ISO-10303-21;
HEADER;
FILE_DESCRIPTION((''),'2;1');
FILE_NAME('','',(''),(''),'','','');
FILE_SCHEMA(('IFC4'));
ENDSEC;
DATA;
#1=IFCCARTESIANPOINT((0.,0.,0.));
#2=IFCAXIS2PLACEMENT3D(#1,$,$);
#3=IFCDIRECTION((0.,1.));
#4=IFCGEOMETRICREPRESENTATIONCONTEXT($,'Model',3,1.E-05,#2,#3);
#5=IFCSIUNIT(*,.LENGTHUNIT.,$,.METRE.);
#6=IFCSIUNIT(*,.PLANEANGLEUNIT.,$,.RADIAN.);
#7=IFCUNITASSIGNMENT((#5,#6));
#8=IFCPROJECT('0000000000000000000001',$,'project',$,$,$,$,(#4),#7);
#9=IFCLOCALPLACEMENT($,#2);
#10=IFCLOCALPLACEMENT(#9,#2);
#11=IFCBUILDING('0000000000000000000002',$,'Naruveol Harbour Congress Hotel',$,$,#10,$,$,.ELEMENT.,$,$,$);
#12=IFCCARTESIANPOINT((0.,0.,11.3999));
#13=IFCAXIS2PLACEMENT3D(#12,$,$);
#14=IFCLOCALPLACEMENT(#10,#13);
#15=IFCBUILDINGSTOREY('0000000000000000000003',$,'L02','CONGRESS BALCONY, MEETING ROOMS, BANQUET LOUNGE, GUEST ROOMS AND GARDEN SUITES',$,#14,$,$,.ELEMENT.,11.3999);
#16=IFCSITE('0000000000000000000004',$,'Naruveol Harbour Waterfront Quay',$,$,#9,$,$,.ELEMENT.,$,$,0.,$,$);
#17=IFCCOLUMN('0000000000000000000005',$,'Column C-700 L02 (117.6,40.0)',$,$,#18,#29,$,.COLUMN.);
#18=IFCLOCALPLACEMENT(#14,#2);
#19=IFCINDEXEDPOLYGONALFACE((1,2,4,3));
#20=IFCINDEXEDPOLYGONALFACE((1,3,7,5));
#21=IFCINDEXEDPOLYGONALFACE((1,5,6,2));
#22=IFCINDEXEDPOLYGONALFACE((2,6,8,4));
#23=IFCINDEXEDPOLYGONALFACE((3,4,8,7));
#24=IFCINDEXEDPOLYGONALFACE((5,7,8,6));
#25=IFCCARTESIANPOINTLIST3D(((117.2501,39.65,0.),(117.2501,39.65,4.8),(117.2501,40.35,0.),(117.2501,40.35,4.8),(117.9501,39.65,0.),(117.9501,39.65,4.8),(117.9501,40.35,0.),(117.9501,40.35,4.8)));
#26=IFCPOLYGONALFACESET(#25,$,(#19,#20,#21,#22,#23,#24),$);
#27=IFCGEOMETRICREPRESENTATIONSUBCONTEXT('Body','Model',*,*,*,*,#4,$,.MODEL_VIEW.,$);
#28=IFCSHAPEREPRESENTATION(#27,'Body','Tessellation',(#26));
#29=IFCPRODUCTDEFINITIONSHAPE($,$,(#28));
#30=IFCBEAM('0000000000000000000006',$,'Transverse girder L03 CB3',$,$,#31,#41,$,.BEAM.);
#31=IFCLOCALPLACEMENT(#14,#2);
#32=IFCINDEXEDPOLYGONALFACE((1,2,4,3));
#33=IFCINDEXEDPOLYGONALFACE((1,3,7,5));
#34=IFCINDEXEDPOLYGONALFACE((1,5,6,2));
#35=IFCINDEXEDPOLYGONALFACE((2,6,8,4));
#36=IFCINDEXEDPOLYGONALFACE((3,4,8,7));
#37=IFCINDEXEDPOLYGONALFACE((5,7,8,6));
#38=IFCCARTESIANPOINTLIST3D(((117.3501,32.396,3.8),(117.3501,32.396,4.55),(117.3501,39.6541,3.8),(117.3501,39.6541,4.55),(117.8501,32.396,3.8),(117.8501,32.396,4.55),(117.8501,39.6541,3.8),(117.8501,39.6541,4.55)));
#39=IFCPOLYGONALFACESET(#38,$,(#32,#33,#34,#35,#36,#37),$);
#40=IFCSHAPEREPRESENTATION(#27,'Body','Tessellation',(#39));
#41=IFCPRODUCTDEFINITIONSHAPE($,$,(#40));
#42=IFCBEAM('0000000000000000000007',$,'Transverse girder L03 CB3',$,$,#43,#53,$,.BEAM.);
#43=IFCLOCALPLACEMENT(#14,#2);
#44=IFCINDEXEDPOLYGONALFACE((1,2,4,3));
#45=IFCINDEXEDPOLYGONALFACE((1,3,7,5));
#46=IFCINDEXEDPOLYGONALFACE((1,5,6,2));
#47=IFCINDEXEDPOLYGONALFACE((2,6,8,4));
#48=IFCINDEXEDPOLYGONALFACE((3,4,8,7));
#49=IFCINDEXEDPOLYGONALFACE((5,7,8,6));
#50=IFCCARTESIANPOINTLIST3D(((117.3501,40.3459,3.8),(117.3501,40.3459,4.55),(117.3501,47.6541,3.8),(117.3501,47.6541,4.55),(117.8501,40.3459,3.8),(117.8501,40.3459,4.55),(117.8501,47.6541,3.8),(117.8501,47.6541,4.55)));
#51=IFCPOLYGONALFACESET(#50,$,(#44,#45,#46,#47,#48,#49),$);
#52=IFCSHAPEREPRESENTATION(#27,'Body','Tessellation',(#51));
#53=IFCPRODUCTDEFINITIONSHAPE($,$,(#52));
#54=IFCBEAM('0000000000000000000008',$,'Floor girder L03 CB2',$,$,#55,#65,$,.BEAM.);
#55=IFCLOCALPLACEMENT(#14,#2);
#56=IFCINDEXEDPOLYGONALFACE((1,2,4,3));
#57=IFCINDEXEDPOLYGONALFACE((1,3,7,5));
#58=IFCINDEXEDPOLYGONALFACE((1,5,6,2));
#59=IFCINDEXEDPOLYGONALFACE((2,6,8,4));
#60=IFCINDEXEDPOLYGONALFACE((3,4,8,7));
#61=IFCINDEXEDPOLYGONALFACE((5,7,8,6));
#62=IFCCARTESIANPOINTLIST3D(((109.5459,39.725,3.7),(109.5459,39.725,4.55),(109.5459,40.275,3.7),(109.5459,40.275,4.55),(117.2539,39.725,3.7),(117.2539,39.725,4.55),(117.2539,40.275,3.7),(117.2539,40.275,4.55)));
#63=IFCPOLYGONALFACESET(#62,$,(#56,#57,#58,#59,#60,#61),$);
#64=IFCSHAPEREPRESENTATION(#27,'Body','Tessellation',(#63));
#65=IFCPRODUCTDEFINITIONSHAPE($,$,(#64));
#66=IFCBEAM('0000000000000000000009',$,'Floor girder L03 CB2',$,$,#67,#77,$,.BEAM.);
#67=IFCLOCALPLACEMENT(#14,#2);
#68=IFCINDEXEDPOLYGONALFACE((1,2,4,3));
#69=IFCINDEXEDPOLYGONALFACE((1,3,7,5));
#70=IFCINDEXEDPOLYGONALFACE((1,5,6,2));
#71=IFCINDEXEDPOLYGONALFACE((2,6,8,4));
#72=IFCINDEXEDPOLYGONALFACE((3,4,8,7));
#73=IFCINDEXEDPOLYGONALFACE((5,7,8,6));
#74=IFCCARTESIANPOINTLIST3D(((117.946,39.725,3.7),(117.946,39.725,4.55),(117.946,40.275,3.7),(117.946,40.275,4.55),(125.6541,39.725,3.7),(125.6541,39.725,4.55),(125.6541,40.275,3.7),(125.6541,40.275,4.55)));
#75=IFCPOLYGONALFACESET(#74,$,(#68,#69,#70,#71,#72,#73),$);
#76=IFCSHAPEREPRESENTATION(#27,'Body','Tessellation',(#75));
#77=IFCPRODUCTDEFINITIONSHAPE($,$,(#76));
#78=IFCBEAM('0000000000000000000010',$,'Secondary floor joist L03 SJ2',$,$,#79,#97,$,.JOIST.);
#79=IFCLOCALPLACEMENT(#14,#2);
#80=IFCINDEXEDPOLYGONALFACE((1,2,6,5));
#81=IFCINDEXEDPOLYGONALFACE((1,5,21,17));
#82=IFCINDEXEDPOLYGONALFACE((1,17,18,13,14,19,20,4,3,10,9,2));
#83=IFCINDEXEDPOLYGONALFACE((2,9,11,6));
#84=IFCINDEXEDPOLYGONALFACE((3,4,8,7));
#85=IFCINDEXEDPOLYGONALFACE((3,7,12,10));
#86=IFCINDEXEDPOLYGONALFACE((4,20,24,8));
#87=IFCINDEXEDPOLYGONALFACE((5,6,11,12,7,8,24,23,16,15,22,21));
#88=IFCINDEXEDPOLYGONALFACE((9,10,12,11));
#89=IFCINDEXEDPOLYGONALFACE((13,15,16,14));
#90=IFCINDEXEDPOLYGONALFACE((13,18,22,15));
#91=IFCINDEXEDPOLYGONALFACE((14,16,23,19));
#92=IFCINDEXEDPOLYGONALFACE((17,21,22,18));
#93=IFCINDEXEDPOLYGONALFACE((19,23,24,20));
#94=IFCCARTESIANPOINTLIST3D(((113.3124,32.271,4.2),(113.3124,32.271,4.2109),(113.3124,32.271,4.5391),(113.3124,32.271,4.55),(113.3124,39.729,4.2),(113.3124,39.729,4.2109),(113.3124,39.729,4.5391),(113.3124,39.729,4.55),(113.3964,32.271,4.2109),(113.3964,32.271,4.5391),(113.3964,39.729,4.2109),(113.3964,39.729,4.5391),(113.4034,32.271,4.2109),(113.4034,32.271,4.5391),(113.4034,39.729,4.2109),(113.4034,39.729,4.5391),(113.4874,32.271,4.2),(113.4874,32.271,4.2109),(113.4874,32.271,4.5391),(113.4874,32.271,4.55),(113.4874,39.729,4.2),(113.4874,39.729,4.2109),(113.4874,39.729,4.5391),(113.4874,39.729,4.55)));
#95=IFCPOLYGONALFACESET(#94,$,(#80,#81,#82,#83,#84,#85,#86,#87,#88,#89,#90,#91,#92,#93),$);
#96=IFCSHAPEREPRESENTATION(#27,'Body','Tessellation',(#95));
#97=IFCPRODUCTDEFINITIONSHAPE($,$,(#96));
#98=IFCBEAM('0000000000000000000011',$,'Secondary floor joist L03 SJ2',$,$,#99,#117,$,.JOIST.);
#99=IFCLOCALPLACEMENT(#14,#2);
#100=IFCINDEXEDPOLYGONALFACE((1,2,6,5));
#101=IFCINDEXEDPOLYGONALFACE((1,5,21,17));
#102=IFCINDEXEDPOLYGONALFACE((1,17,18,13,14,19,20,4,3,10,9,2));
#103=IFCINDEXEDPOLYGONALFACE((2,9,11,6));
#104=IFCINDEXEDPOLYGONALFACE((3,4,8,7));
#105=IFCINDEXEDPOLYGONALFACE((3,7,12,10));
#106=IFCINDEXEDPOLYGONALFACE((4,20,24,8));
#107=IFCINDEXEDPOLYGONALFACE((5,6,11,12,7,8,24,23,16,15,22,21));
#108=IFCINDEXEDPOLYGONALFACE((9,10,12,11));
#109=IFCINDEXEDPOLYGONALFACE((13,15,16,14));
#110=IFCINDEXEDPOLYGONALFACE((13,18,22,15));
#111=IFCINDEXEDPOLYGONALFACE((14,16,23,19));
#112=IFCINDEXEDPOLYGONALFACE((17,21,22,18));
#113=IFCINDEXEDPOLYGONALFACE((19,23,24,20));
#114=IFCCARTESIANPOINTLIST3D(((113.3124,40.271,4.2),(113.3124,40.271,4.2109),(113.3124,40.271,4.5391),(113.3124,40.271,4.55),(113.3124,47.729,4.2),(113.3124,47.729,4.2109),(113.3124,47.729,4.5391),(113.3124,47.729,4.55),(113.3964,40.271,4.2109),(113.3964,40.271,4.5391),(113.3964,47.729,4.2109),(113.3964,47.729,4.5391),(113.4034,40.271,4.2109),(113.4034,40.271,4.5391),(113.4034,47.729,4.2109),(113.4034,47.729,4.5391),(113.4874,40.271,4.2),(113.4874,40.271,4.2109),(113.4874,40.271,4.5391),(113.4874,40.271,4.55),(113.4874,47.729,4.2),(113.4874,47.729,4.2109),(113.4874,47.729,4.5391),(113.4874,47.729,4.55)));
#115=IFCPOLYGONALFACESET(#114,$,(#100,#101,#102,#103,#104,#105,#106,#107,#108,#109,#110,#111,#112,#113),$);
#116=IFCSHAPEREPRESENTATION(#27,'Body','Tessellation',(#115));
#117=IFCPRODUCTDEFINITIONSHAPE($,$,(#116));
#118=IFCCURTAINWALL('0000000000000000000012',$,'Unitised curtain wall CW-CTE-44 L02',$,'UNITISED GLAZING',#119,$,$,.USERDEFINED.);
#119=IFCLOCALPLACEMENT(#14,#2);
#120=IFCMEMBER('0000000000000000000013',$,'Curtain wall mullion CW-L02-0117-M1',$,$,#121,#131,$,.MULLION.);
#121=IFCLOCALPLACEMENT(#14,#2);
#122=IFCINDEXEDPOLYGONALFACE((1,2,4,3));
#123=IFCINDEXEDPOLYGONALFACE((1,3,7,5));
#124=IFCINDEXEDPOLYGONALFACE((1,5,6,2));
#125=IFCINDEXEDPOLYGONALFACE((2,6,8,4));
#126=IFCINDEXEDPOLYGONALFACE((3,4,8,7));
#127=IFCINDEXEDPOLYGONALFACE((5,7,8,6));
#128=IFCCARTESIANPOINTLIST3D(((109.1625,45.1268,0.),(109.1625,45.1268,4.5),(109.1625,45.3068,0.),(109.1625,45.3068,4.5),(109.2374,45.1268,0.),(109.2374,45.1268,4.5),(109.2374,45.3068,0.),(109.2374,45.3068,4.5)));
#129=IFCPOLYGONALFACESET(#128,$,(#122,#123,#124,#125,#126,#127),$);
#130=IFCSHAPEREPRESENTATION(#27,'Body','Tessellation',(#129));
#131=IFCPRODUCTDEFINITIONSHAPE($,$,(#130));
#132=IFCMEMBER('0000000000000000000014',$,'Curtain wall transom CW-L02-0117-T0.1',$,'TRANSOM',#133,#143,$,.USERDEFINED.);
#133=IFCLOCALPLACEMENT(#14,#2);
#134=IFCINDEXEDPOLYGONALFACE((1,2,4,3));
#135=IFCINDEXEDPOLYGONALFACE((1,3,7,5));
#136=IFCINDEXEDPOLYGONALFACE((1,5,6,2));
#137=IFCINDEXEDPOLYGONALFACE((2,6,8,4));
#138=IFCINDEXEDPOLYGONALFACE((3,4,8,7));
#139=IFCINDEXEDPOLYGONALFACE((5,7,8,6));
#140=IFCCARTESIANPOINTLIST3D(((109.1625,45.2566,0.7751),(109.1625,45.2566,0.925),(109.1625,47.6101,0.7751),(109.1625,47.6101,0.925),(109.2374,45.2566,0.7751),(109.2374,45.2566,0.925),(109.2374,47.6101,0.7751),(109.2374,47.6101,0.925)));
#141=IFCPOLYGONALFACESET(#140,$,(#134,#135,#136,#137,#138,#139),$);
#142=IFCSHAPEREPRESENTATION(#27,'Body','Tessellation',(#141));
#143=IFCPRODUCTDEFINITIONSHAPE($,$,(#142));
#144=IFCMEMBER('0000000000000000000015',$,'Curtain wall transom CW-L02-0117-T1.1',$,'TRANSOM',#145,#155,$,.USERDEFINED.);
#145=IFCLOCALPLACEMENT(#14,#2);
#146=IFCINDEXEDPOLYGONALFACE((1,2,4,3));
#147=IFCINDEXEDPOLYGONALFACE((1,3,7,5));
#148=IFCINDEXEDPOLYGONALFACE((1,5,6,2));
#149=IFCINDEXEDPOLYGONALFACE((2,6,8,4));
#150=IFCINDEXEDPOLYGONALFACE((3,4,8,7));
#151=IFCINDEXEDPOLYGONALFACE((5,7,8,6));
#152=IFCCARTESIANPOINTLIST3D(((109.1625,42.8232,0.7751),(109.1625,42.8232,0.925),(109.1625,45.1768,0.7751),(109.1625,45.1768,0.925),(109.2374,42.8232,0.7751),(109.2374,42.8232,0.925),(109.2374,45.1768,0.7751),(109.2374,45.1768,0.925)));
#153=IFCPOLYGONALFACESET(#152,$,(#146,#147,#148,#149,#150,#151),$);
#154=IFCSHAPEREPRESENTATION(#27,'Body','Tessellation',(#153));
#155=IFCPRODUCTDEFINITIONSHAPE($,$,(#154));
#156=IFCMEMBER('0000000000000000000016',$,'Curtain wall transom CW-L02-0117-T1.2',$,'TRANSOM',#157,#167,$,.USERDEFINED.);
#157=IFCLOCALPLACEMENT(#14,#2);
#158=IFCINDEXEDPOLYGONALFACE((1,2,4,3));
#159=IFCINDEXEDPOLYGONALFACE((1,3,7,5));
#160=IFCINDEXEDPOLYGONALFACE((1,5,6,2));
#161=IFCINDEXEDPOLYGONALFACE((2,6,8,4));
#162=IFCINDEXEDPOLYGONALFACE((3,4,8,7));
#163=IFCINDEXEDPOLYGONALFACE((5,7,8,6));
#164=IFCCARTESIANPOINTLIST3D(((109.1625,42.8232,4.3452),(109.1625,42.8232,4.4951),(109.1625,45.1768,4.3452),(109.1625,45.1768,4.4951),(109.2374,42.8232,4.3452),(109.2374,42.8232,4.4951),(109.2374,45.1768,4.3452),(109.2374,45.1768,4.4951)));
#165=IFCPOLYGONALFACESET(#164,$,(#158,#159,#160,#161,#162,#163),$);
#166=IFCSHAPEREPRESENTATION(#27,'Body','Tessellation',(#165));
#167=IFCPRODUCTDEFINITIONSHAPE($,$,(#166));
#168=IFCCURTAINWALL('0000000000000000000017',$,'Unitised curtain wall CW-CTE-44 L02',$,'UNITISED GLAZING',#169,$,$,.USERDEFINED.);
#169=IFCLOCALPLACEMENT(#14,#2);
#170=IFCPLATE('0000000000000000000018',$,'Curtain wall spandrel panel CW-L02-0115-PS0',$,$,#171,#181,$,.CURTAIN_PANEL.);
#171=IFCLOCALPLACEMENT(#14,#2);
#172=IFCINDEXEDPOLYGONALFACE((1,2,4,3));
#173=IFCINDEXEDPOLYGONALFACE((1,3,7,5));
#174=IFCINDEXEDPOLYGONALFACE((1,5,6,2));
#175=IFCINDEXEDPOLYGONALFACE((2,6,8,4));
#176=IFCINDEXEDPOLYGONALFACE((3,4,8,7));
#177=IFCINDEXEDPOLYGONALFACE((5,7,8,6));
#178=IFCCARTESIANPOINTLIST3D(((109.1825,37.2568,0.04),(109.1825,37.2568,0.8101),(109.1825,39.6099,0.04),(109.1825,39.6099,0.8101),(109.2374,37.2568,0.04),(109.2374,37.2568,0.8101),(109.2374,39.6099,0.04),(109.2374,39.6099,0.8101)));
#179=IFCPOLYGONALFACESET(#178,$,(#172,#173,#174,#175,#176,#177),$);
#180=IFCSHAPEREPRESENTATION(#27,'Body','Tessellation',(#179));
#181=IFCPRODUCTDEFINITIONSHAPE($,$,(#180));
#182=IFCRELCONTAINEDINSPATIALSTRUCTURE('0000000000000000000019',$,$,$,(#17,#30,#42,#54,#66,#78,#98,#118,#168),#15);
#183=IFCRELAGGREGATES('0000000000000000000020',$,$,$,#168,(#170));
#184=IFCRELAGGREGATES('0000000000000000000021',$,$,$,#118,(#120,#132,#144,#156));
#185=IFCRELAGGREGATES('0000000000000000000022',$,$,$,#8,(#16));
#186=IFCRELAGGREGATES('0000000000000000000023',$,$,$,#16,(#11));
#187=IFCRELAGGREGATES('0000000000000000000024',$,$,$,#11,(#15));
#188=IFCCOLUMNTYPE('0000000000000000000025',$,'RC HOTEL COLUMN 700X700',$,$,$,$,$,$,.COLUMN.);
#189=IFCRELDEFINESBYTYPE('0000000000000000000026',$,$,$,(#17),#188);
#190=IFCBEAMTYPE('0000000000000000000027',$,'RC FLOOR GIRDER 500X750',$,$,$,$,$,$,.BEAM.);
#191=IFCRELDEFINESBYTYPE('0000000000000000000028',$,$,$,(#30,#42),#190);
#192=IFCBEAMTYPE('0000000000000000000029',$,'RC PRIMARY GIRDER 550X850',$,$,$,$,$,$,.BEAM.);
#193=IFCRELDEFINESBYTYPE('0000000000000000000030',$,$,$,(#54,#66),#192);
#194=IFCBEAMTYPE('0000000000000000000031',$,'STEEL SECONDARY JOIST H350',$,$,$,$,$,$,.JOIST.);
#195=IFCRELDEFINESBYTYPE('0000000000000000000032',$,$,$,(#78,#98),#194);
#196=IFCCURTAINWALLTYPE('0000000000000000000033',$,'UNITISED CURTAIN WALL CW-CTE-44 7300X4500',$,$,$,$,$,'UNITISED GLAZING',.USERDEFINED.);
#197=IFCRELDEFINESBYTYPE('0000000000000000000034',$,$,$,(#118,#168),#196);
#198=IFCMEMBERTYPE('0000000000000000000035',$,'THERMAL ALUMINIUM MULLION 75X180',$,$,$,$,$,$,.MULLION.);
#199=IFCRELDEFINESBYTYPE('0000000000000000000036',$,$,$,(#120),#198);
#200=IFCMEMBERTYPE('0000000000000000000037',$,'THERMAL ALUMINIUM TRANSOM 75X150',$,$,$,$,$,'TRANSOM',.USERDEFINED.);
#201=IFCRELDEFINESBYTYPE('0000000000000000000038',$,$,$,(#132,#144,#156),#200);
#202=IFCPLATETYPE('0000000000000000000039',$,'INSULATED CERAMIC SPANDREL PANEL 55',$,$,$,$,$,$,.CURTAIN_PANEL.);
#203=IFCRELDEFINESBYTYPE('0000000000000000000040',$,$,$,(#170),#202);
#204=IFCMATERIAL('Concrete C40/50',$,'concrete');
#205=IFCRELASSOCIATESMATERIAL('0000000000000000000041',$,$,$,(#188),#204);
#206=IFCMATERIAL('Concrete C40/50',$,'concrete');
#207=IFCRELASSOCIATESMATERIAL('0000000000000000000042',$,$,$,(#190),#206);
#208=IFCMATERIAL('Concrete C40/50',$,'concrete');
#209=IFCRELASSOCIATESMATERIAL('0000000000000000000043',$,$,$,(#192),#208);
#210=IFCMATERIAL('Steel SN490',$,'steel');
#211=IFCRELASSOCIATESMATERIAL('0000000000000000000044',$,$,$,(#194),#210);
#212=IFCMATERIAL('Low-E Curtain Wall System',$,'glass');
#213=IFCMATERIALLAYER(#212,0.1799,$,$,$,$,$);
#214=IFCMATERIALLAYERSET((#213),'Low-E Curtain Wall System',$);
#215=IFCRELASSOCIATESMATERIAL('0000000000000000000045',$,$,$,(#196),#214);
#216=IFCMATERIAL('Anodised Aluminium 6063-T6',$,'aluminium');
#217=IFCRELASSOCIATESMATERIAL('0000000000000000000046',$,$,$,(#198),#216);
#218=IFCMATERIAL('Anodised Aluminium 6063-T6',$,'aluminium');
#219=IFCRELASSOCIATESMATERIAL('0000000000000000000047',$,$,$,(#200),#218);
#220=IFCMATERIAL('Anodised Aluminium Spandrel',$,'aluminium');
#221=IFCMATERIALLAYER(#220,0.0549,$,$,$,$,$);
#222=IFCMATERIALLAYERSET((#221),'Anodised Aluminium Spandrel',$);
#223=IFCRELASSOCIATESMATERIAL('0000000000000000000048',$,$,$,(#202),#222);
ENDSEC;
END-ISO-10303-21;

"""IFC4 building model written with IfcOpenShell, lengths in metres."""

from ifc_helpers import new_model, si_unit, direction, frame, origin, origin_2d, place, context, subcontext, project, spatial, rectangle, i_section, extrude, material, layer, layer_set, material_profile, profile_set, type_object, element, aggregate, save


model = new_model("IFC4")

# Units and contexts
model_context = context("Model", 3, precision=1e-05, world=origin(), true_north=direction((0.0, 1.0)))
body_context = subcontext(model_context, "Body", "Model", "MODEL_VIEW")
ifc_project = project(units=[si_unit("LENGTHUNIT", "METRE"), si_unit("PLANEANGLEUNIT", "RADIAN")], contexts=[model_context])

# Site, building, storey
site_placement = place(None, origin())
site = spatial("IfcSite", under=ifc_project, at=site_placement, Name="Naruveol Harbour Waterfront Quay", CompositionType="ELEMENT", RefElevation=0.0)
building_placement = place(site_placement, origin())
building = spatial("IfcBuilding", under=site, at=building_placement, Name="Naruveol Harbour Congress Hotel", CompositionType="ELEMENT")
storey_placement = place(building_placement, frame((0.0, 0.0, 11.3999)))
storey = spatial("IfcBuildingStorey", under=building, at=storey_placement, Name="L02", Description="CONGRESS BALCONY, MEETING ROOMS, BANQUET LOUNGE, GUEST ROOMS AND GARDEN SUITES", CompositionType="ELEMENT", Elevation=11.3999)

# Column
ifc_material_1 = material(Name="Concrete C40/50", Category="concrete")
ifc_material_profile_1 = material_profile(ifc_material_1, rectangle(XDim=0.7, YDim=0.7, at=origin_2d()), Name="RC-700x700")
ifc_profile_set_1 = profile_set([ifc_material_profile_1], Name="Concrete C40/50")
column_type = type_object("IfcColumnType", Name="RC HOTEL COLUMN 700X700", PredefinedType="COLUMN", material=ifc_profile_set_1)
column_placement = place(storey_placement, frame((117.6001, 40.0, 0.0), z_axis=(0.0, 0.0, 1.0), x_axis=(1.0, 0.0, 0.0)))
element("IfcColumn", 1, at=column_placement, inside=storey, type_object=column_type, Name="Column C-700 L02 (117.6,40.0)", PredefinedType="COLUMN", context=body_context, shape_type="SweptSolid", body=[
    extrude(rectangle(XDim=0.7, YDim=0.7, at=origin_2d()), origin(), (0.0, 0.0, 1.0), 4.8),
])

# Beams
ifc_material_2 = material(Name="Concrete C40/50", Category="concrete")
ifc_material_profile_2 = material_profile(ifc_material_2, rectangle(XDim=0.5, YDim=0.75, at=origin_2d()), Name="RCB-500x750")
ifc_profile_set_2 = profile_set([ifc_material_profile_2], Name="Concrete C40/50")
beam_type_1 = type_object("IfcBeamType", Name="RC FLOOR GIRDER 500X750", PredefinedType="BEAM", material=ifc_profile_set_2)
beam_1_placement = place(storey_placement, frame((117.6001, 32.396, 4.175), z_axis=(0.0, 1.0, 0.0), x_axis=(-1.0, 0.0, 0.0)))
element("IfcBeam", 2, at=beam_1_placement, inside=storey, type_object=beam_type_1, Name="Transverse girder L03 CB3", PredefinedType="BEAM", context=body_context, shape_type="SweptSolid", body=[
    extrude(rectangle(XDim=0.5, YDim=0.75, at=origin_2d()), origin(), (0.0, 0.0, 1.0), 7.2581),
])
beam_2_placement = place(storey_placement, frame((117.6001, 40.3459, 4.175), z_axis=(0.0, 1.0, 0.0), x_axis=(-1.0, 0.0, 0.0)))
element("IfcBeam", 3, at=beam_2_placement, inside=storey, type_object=beam_type_1, Name="Transverse girder L03 CB3", PredefinedType="BEAM", context=body_context, shape_type="SweptSolid", body=[
    extrude(rectangle(XDim=0.5, YDim=0.75, at=origin_2d()), origin(), (0.0, 0.0, 1.0), 7.3081),
])
ifc_material_3 = material(Name="Concrete C40/50", Category="concrete")
ifc_material_profile_3 = material_profile(ifc_material_3, rectangle(XDim=0.55, YDim=0.8501, at=origin_2d()), Name="RCB-550x850")
ifc_profile_set_3 = profile_set([ifc_material_profile_3], Name="Concrete C40/50")
beam_type_2 = type_object("IfcBeamType", Name="RC PRIMARY GIRDER 550X850", PredefinedType="BEAM", material=ifc_profile_set_3)
for number, where, z_axis, x_axis, name in (
    (4, (109.5459, 40.0, 4.125), (1.0, 0.0, 0.0), (0.0, 1.0, 0.0), "Floor girder L03 CB2"),
    (5, (117.946, 40.0, 4.125), (1.0, 0.0, 0.0), (0.0, 1.0, 0.0), "Floor girder L03 CB2"),
):
    element("IfcBeam", number, at=place(storey_placement, frame(where, z_axis=z_axis, x_axis=x_axis)), inside=storey, type_object=beam_type_2, Name=name, PredefinedType="BEAM", context=body_context, shape_type="SweptSolid", body=[
        extrude(rectangle(XDim=0.55, YDim=0.8501, at=origin_2d()), origin(), (0.0, 0.0, 1.0), 7.708),
    ])
ifc_material_4 = material(Name="Steel SN490", Category="steel")
ifc_material_profile_4 = material_profile(ifc_material_4, i_section(OverallWidth=0.175, OverallDepth=0.3501, WebThickness=0.0071, FlangeThickness=0.011, at=origin_2d()), Name="H-350x175x7x11")
ifc_profile_set_4 = profile_set([ifc_material_profile_4], Name="Steel SN490")
beam_type_3 = type_object("IfcBeamType", Name="STEEL SECONDARY JOIST H350", PredefinedType="JOIST", material=ifc_profile_set_4)
for number, where, z_axis, x_axis, name in (
    (6, (113.3999, 32.271, 4.375), (0.0, 1.0, 0.0), (-1.0, 0.0, 0.0), "Secondary floor joist L03 SJ2"),
    (7, (113.3999, 40.271, 4.375), (0.0, 1.0, 0.0), (-1.0, 0.0, 0.0), "Secondary floor joist L03 SJ2"),
):
    element("IfcBeam", number, at=place(storey_placement, frame(where, z_axis=z_axis, x_axis=x_axis)), inside=storey, type_object=beam_type_3, Name=name, PredefinedType="JOIST", context=body_context, shape_type="SweptSolid", body=[
        extrude(i_section(OverallWidth=0.175, OverallDepth=0.3501, WebThickness=0.0071, FlangeThickness=0.011, at=origin_2d()), origin(), (0.0, 0.0, 1.0), 7.458),
    ])

# Curtain wall, members
ifc_material_5 = material(Name="Low-E Curtain Wall System", Category="glass")
ifc_layer_1 = layer(ifc_material_5, 0.1799)
ifc_layer_set_1 = layer_set([ifc_layer_1], Name="Low-E Curtain Wall System")
curtain_wall_type = type_object("IfcCurtainWallType", Name="UNITISED CURTAIN WALL CW-CTE-44 7300X4500", ElementType="UNITISED GLAZING", PredefinedType="USERDEFINED", material=ifc_layer_set_1)
curtain_wall_1_placement = place(storey_placement, origin())
curtain_wall_1 = element("IfcCurtainWall", 8, at=curtain_wall_1_placement, inside=storey, type_object=curtain_wall_type, Name="Unitised curtain wall CW-CTE-44 L02", ObjectType="UNITISED GLAZING", PredefinedType="USERDEFINED")
ifc_material_6 = material(Name="Anodised Aluminium 6063-T6", Category="aluminium")
ifc_material_profile_5 = material_profile(ifc_material_6, rectangle(XDim=0.075, YDim=0.1799, at=origin_2d()), Name="ALU-75x180")
ifc_profile_set_5 = profile_set([ifc_material_profile_5], Name="Anodised Aluminium 6063-T6")
member_type_1 = type_object("IfcMemberType", Name="THERMAL ALUMINIUM MULLION 75X180", PredefinedType="MULLION", material=ifc_profile_set_5)
member_1_placement = place(storey_placement, frame((109.2, 45.2168, 0.0), z_axis=(0.0, 0.0, 1.0), x_axis=(1.0, 0.0, 0.0)))
member_1 = element("IfcMember", 9, at=member_1_placement, type_object=member_type_1, Name="Curtain wall mullion CW-L02-0117-M1", PredefinedType="MULLION", context=body_context, shape_type="SweptSolid", body=[
    extrude(rectangle(XDim=0.075, YDim=0.1799, at=origin_2d()), origin(), (0.0, 0.0, 1.0), 4.5),
])
ifc_material_7 = material(Name="Anodised Aluminium 6063-T6", Category="aluminium")
ifc_material_profile_6 = material_profile(ifc_material_7, rectangle(XDim=0.075, YDim=0.1499, at=origin_2d()), Name="ALU-75x150")
ifc_profile_set_6 = profile_set([ifc_material_profile_6], Name="Anodised Aluminium 6063-T6")
member_type_2 = type_object("IfcMemberType", Name="THERMAL ALUMINIUM TRANSOM 75X150", ElementType="TRANSOM", PredefinedType="USERDEFINED", material=ifc_profile_set_6)
member_2_placement = place(storey_placement, frame((109.2, 47.6101, 0.8501), z_axis=(0.0, -1.0, 0.0), x_axis=(1.0, 0.0, 0.0)))
member_2 = element("IfcMember", 10, at=member_2_placement, type_object=member_type_2, Name="Curtain wall transom CW-L02-0117-T0.1", ObjectType="TRANSOM", PredefinedType="USERDEFINED", context=body_context, shape_type="SweptSolid", body=[
    extrude(rectangle(XDim=0.075, YDim=0.1499, at=origin_2d()), origin(), (0.0, 0.0, 1.0), 2.3535),
])
member_3_placement = place(storey_placement, frame((109.2, 45.1768, 0.8501), z_axis=(0.0, -1.0, 0.0), x_axis=(1.0, 0.0, 0.0)))
member_3 = element("IfcMember", 11, at=member_3_placement, type_object=member_type_2, Name="Curtain wall transom CW-L02-0117-T1.1", ObjectType="TRANSOM", PredefinedType="USERDEFINED", context=body_context, shape_type="SweptSolid", body=[
    extrude(rectangle(XDim=0.075, YDim=0.1499, at=origin_2d()), origin(), (0.0, 0.0, 1.0), 2.3535),
])
member_4_placement = place(storey_placement, frame((109.2, 45.1768, 4.4202), z_axis=(0.0, -1.0, 0.0), x_axis=(1.0, 0.0, 0.0)))
member_4 = element("IfcMember", 12, at=member_4_placement, type_object=member_type_2, Name="Curtain wall transom CW-L02-0117-T1.2", ObjectType="TRANSOM", PredefinedType="USERDEFINED", context=body_context, shape_type="SweptSolid", body=[
    extrude(rectangle(XDim=0.075, YDim=0.1499, at=origin_2d()), origin(), (0.0, 0.0, 1.0), 2.3535),
])

# Curtain wall, plate
curtain_wall_2_placement = place(storey_placement, origin())
curtain_wall_2 = element("IfcCurtainWall", 13, at=curtain_wall_2_placement, inside=storey, type_object=curtain_wall_type, Name="Unitised curtain wall CW-CTE-44 L02", ObjectType="UNITISED GLAZING", PredefinedType="USERDEFINED")
ifc_material_8 = material(Name="Anodised Aluminium Spandrel", Category="aluminium")
ifc_layer_2 = layer(ifc_material_8, 0.0549)
ifc_layer_set_2 = layer_set([ifc_layer_2], Name="Anodised Aluminium Spandrel")
plate_type_1 = type_object("IfcPlateType", Name="INSULATED CERAMIC SPANDREL PANEL 55", PredefinedType="CURTAIN_PANEL", material=ifc_layer_set_2)
plate_1_placement = place(storey_placement, frame((109.21, 38.4333, 0.04), z_axis=(0.0, 0.0, 1.0), x_axis=(0.0, -1.0, 0.0)))
plate_1 = element("IfcPlate", 14, at=plate_1_placement, type_object=plate_type_1, Name="Curtain wall spandrel panel CW-L02-0115-PS0", PredefinedType="CURTAIN_PANEL", context=body_context, shape_type="SweptSolid", body=[
    extrude(rectangle(XDim=2.353, YDim=0.0549, at=origin_2d()), origin(), (0.0, 0.0, 1.0), 0.77),
])

aggregate(curtain_wall_2, [plate_1])
aggregate(curtain_wall_1, [member_1, member_2, member_3, member_4])

save(model, "model.ifc")
